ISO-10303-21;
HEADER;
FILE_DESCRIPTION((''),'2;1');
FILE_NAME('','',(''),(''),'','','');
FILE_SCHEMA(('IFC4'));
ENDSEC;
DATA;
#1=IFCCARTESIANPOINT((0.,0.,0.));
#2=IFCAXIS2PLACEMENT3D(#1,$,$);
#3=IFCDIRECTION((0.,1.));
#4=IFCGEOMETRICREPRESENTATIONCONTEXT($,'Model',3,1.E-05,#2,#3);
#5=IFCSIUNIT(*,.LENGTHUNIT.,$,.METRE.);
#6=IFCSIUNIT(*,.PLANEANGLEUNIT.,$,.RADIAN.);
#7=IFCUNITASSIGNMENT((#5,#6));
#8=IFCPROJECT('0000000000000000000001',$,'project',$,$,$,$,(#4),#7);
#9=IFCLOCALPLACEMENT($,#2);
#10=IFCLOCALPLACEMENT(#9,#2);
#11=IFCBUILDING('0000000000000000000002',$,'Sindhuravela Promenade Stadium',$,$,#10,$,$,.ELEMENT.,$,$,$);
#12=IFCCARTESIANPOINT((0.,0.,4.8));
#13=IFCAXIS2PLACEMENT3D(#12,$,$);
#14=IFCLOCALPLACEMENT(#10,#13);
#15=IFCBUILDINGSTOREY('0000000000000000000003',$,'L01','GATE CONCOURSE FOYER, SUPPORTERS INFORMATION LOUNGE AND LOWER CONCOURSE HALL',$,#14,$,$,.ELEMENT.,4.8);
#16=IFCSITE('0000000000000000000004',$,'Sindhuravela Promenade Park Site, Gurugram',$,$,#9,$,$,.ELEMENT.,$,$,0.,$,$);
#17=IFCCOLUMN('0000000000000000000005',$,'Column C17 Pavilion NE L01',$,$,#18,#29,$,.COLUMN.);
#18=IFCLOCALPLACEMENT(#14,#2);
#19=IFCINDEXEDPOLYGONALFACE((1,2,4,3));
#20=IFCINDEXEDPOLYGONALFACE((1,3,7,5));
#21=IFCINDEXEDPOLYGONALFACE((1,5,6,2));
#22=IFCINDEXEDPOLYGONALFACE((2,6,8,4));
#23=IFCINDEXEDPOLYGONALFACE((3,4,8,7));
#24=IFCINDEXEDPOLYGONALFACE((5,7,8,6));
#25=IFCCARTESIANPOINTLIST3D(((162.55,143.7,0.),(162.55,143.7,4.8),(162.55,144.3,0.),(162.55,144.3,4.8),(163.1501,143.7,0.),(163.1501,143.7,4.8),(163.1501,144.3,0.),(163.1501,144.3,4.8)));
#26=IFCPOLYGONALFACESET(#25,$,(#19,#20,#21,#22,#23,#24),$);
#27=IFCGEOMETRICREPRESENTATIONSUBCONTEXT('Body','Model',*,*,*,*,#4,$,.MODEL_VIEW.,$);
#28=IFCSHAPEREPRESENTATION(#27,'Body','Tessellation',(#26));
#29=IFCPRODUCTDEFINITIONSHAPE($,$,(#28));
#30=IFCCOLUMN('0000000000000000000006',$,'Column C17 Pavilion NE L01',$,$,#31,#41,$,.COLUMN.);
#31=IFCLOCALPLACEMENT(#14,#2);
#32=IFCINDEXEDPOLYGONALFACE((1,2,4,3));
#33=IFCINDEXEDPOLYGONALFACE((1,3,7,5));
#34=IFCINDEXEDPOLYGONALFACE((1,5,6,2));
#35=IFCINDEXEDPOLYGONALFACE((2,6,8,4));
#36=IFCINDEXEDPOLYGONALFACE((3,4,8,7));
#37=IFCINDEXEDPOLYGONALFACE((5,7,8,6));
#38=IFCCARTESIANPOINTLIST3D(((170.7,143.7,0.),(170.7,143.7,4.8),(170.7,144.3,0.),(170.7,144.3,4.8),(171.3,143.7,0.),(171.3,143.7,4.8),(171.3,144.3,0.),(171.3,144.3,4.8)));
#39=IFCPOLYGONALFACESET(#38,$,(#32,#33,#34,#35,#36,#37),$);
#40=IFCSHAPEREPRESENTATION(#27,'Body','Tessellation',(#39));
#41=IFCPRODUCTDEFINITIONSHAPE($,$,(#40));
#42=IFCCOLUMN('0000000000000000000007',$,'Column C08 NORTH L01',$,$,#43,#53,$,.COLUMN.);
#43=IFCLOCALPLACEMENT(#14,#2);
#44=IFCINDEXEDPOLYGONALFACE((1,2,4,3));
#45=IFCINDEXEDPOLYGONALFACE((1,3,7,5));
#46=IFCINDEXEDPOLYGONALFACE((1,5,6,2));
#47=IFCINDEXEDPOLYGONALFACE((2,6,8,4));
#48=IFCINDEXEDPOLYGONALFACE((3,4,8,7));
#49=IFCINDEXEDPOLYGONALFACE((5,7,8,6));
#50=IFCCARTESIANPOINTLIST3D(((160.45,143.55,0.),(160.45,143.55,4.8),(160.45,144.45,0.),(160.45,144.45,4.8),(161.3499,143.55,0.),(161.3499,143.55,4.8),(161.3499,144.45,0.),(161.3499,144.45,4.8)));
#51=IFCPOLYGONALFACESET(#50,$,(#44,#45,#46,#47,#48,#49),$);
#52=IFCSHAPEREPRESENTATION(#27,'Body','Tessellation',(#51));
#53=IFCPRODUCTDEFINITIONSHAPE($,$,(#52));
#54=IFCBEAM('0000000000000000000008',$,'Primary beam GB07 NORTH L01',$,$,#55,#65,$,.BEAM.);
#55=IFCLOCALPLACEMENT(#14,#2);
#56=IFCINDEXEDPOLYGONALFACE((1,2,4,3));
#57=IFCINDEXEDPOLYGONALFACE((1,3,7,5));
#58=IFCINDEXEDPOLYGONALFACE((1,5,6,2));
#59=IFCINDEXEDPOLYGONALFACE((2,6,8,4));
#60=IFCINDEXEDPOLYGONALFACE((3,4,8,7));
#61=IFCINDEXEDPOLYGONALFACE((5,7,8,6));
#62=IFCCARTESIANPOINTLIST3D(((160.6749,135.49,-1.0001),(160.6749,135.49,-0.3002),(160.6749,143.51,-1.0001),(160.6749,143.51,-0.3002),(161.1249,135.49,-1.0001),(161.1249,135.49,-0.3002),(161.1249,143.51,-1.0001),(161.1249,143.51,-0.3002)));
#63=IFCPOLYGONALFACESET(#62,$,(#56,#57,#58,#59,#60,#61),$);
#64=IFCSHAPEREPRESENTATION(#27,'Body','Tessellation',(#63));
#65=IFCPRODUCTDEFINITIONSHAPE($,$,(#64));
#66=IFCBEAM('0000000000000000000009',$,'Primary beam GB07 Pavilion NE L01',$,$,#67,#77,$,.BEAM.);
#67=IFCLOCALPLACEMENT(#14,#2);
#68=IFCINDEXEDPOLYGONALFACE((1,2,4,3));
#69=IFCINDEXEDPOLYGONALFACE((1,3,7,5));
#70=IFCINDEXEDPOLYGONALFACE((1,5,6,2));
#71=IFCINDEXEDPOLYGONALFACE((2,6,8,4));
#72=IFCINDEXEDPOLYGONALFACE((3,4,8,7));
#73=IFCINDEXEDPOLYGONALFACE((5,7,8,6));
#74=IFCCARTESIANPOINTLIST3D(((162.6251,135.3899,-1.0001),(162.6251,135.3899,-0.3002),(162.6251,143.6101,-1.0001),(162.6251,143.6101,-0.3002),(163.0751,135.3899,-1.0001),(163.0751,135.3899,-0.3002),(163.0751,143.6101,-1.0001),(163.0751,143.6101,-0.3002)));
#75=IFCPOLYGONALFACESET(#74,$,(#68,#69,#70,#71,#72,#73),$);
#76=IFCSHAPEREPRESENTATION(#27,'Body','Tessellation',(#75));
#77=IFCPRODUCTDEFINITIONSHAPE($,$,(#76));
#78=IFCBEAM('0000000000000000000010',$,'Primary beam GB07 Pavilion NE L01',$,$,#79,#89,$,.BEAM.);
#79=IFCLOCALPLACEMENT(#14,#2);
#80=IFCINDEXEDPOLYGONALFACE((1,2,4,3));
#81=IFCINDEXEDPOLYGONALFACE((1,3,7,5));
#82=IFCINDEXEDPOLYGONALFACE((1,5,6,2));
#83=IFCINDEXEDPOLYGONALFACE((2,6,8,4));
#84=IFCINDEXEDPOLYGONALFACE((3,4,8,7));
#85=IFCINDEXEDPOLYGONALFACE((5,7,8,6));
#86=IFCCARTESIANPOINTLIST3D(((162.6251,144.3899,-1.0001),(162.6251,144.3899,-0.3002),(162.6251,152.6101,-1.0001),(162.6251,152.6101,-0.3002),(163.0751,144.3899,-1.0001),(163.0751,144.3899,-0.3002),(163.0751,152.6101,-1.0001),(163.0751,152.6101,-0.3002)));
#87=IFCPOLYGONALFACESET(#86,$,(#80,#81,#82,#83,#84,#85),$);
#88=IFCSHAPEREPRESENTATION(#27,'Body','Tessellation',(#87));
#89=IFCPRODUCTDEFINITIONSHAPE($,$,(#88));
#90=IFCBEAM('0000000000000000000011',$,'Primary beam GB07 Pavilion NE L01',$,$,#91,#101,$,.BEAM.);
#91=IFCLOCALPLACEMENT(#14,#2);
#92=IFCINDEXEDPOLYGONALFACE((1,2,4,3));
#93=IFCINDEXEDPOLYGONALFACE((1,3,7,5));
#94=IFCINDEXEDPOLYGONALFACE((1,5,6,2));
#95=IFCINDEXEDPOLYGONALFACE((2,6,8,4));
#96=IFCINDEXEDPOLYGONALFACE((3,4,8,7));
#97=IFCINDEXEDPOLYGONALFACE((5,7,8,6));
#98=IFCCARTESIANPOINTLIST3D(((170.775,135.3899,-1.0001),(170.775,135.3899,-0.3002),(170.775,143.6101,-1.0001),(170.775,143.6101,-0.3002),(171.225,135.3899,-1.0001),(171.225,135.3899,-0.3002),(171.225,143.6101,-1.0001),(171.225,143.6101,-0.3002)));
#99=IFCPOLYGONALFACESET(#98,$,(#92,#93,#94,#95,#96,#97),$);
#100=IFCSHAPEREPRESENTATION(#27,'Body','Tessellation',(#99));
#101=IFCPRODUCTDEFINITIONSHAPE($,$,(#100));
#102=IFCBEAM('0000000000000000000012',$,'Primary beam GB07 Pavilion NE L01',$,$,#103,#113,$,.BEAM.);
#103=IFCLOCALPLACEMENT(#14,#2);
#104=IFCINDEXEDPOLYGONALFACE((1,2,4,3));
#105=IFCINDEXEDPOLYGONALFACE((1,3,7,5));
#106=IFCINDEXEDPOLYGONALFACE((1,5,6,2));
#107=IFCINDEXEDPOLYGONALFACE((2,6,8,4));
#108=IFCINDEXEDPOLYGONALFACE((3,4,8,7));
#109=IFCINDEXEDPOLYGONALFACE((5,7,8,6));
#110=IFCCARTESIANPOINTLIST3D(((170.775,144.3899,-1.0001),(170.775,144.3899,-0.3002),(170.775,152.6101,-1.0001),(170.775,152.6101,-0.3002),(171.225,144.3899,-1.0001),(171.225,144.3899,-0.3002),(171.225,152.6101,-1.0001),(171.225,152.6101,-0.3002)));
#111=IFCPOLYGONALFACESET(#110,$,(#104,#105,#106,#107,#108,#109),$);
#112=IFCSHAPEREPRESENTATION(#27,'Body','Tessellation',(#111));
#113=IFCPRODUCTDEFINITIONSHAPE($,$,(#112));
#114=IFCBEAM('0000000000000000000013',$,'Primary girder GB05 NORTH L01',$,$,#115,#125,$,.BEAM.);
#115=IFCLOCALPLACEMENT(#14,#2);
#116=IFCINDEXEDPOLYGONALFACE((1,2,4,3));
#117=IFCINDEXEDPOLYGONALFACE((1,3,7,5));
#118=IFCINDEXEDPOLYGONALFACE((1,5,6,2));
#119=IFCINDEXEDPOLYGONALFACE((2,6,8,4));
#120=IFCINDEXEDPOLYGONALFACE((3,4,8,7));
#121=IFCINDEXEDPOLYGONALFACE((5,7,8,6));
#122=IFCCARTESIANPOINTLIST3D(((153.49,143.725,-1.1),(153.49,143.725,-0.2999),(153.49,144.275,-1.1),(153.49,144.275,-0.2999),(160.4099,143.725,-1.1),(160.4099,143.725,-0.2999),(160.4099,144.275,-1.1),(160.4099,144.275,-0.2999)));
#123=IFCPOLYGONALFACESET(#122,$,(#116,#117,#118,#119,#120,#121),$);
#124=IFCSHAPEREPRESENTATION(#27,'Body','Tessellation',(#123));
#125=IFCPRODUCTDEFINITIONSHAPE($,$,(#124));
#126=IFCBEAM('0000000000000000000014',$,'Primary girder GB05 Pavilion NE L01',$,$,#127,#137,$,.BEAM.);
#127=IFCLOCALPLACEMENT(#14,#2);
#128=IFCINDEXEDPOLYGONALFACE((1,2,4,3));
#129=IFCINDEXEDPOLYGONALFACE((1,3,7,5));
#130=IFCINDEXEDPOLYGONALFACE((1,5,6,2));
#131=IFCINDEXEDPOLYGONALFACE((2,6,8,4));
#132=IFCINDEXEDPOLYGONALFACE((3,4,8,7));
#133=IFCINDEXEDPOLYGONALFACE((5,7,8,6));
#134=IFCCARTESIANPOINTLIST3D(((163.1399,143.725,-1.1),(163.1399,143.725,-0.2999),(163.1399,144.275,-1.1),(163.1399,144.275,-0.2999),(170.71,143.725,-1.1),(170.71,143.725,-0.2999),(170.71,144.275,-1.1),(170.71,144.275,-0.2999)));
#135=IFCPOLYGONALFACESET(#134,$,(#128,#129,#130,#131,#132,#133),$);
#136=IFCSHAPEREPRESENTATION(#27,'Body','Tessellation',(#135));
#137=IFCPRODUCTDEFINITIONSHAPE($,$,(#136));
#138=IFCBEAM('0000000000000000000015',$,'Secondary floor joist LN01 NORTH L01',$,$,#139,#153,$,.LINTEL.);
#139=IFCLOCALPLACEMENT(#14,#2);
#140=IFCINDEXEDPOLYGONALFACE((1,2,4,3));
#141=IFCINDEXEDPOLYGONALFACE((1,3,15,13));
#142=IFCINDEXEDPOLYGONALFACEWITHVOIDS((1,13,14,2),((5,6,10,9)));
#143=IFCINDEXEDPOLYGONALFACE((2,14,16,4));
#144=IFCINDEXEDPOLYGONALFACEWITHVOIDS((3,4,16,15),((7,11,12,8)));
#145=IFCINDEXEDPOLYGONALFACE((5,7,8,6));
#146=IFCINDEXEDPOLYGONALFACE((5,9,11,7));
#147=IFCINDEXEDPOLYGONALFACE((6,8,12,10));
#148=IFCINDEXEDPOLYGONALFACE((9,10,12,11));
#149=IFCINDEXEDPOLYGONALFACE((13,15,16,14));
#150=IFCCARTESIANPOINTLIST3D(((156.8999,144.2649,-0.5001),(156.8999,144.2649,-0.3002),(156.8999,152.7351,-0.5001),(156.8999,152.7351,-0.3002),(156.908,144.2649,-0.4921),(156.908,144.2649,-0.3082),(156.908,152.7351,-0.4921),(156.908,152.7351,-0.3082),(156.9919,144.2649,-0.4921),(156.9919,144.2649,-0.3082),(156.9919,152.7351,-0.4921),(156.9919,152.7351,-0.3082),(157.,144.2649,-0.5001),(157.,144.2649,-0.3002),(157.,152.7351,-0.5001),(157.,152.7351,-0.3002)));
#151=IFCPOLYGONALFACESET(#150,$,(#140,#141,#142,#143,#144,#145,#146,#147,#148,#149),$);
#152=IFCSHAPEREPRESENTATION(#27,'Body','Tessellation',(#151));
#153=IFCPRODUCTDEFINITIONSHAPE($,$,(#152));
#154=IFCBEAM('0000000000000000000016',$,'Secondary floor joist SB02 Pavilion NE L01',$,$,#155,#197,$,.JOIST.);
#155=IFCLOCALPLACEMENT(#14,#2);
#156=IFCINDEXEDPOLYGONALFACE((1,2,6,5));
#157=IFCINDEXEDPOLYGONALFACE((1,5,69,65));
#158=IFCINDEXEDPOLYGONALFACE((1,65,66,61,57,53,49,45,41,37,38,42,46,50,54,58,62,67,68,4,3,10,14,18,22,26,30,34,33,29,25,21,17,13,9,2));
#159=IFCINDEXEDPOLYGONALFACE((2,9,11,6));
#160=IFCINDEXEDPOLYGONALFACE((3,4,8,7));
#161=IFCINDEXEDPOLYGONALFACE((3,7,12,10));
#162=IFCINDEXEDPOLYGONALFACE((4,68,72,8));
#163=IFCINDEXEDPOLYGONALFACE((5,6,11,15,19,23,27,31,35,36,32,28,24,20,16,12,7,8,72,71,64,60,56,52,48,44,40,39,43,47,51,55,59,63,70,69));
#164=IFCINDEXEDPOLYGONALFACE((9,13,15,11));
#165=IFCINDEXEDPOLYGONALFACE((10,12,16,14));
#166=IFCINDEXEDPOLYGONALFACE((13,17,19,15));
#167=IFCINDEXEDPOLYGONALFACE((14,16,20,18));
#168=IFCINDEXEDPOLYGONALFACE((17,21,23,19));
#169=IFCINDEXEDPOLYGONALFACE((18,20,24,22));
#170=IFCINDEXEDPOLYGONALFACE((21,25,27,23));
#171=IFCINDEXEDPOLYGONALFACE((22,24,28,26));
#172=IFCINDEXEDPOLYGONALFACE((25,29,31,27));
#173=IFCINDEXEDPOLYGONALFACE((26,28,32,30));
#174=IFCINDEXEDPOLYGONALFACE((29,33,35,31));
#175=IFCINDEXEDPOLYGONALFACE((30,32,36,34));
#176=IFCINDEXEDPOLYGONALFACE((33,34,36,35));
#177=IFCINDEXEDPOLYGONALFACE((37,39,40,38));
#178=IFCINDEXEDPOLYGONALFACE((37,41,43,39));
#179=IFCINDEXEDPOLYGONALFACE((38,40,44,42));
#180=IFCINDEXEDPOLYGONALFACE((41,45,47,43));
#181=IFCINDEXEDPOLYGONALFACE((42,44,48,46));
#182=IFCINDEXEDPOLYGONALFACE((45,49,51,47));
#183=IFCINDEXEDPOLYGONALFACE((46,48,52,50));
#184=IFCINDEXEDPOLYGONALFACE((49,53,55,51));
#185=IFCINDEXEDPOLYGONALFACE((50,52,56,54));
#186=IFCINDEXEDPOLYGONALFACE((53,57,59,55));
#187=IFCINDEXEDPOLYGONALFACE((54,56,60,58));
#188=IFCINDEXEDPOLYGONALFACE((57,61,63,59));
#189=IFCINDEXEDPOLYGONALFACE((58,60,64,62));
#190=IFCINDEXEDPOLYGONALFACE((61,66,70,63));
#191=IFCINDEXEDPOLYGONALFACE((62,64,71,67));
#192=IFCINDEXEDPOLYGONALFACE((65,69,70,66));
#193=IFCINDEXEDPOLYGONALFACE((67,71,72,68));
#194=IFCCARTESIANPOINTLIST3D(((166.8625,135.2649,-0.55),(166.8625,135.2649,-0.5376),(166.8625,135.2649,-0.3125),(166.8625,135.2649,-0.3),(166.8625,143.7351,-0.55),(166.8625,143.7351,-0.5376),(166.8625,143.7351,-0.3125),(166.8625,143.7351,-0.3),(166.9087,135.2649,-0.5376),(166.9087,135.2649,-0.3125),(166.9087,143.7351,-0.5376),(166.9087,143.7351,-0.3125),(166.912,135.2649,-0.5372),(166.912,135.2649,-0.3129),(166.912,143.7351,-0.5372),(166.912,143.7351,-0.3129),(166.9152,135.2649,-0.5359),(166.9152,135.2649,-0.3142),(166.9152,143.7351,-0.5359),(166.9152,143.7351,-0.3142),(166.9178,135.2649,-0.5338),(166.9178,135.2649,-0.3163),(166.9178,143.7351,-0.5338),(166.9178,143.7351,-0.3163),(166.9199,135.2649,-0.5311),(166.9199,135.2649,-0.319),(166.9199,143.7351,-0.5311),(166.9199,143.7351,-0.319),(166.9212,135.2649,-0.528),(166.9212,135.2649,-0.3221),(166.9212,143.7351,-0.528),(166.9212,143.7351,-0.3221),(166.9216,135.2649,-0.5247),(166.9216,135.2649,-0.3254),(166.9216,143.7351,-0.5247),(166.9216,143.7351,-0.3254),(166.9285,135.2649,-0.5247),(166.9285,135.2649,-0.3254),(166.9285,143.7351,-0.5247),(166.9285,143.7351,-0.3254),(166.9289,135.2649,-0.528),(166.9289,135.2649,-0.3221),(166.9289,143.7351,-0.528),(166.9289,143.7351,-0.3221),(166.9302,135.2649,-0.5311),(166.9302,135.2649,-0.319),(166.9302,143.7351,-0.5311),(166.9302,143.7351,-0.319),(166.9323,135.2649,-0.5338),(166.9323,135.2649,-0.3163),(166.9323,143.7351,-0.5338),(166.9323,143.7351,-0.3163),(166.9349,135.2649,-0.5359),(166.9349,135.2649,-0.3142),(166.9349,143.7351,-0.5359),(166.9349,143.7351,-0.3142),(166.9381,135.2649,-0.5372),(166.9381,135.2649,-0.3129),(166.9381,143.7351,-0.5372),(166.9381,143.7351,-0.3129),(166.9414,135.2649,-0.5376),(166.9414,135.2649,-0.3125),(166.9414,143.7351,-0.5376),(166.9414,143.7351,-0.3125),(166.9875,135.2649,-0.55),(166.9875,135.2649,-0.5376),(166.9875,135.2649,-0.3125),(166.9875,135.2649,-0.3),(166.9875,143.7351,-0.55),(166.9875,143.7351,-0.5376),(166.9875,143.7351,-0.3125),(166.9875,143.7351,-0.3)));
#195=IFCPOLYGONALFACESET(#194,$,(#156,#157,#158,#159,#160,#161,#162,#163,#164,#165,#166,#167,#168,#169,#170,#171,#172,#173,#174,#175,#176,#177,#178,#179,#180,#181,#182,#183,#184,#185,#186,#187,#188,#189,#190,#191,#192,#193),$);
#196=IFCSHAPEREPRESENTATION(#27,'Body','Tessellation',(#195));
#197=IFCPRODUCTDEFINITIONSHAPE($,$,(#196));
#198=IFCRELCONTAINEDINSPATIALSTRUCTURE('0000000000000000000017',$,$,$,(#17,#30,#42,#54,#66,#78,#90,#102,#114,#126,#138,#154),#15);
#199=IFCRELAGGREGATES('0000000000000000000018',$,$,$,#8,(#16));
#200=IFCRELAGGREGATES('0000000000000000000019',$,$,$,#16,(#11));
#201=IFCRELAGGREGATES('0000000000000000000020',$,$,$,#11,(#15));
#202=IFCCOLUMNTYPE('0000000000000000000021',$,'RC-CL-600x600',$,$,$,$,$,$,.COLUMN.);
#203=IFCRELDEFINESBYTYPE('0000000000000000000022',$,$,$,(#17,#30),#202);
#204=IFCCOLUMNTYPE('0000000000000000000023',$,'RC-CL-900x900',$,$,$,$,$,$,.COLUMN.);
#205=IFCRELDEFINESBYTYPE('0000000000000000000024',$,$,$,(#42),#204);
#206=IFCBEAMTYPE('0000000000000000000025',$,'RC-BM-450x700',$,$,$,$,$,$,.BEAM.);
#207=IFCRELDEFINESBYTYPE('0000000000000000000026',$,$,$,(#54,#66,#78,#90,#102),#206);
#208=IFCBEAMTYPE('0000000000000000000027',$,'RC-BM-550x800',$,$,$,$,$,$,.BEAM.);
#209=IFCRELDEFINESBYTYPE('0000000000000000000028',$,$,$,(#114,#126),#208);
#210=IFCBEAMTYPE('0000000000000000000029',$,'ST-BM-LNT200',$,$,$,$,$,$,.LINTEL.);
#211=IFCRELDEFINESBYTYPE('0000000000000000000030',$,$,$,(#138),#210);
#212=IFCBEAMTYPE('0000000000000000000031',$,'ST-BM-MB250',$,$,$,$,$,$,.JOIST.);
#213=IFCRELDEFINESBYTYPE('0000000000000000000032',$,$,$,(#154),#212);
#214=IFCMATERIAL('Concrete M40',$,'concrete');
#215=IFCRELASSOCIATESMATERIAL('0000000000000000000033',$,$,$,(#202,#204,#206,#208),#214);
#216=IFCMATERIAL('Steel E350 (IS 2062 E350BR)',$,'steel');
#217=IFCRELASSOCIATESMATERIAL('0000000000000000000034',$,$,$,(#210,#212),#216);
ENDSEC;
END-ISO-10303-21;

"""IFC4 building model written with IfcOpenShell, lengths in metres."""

from ifc_helpers import new_model, si_unit, direction, frame, origin, origin_2d, place, context, subcontext, project, spatial, rectangle, hollow_rectangle, i_section, extrude, material, material_profile, profile_set, type_object, element, save


model = new_model("IFC4")

# Units and contexts
model_context = context("Model", 3, precision=1e-05, world=origin(), true_north=direction((0.0, 1.0)))
body_context = subcontext(model_context, "Body", "Model", "MODEL_VIEW")
ifc_project = project(units=[si_unit("LENGTHUNIT", "METRE"), si_unit("PLANEANGLEUNIT", "RADIAN")], contexts=[model_context])

# Site, building, storey
site_placement = place(None, origin())
site = spatial("IfcSite", under=ifc_project, at=site_placement, Name="Sindhuravela Promenade Park Site, Gurugram", CompositionType="ELEMENT", RefElevation=0.0)
building_placement = place(site_placement, origin())
building = spatial("IfcBuilding", under=site, at=building_placement, Name="Sindhuravela Promenade Stadium", CompositionType="ELEMENT")
storey_placement = place(building_placement, frame((0.0, 0.0, 4.8)))
storey = spatial("IfcBuildingStorey", under=building, at=storey_placement, Name="L01", Description="GATE CONCOURSE FOYER, SUPPORTERS INFORMATION LOUNGE AND LOWER CONCOURSE HALL", CompositionType="ELEMENT", Elevation=4.8)

# Columns
ifc_material_1 = material(Name="Concrete M40", Category="concrete")
ifc_material_profile_1 = material_profile(ifc_material_1, rectangle(XDim=0.6001, YDim=0.6001, at=origin_2d()), Name="RC 600x600")
ifc_profile_set_1 = profile_set([ifc_material_profile_1], Name="Concrete M40")
column_type_1 = type_object("IfcColumnType", Name="RC-CL-600x600", PredefinedType="COLUMN", material=ifc_profile_set_1)
for number, where, z_axis, x_axis, name in (
    (1, (162.8501, 144.0, 0.0), (0.0, 0.0, 1.0), (1.0, 0.0, 0.0), "Column C17 Pavilion NE L01"),
    (2, (171.0, 144.0, 0.0), (0.0, 0.0, 1.0), (1.0, 0.0, 0.0), "Column C17 Pavilion NE L01"),
):
    element("IfcColumn", number, at=place(storey_placement, frame(where, z_axis=z_axis, x_axis=x_axis)), inside=storey, type_object=column_type_1, Name=name, PredefinedType="COLUMN", context=body_context, shape_type="SweptSolid", body=[
        extrude(rectangle(XDim=0.6001, YDim=0.6001, at=origin_2d()), origin(), (0.0, 0.0, 1.0), 4.8),
    ])
ifc_material_profile_2 = material_profile(ifc_material_1, rectangle(XDim=0.8999, YDim=0.8999, at=origin_2d()), Name="RC 900x900")
ifc_profile_set_2 = profile_set([ifc_material_profile_2], Name="Concrete M40")
column_type_2 = type_object("IfcColumnType", Name="RC-CL-900x900", PredefinedType="COLUMN", material=ifc_profile_set_2)
column_placement = place(storey_placement, frame((160.8999, 144.0, 0.0), z_axis=(0.0, 0.0, 1.0), x_axis=(1.0, 0.0, 0.0)))
element("IfcColumn", 3, at=column_placement, inside=storey, type_object=column_type_2, Name="Column C08 NORTH L01", PredefinedType="COLUMN", context=body_context, shape_type="SweptSolid", body=[
    extrude(rectangle(XDim=0.8999, YDim=0.8999, at=origin_2d()), origin(), (0.0, 0.0, 1.0), 4.8),
])

# Beams
ifc_material_profile_3 = material_profile(ifc_material_1, rectangle(XDim=0.45, YDim=0.7, at=origin_2d()), Name="RC 450x700")
ifc_profile_set_3 = profile_set([ifc_material_profile_3], Name="Concrete M40")
beam_type_1 = type_object("IfcBeamType", Name="RC-BM-450x700", PredefinedType="BEAM", material=ifc_profile_set_3)
beam_1_placement = place(storey_placement, frame((160.8999, 135.49, -0.6501), z_axis=(0.0, 1.0, 0.0), x_axis=(-1.0, 0.0, 0.0)))
element("IfcBeam", 4, at=beam_1_placement, inside=storey, type_object=beam_type_1, Name="Primary beam GB07 NORTH L01", PredefinedType="BEAM", context=body_context, shape_type="SweptSolid", body=[
    extrude(rectangle(XDim=0.45, YDim=0.7, at=origin_2d()), origin(), (0.0, 0.0, 1.0), 8.02),
])
for number, where, z_axis, x_axis, name in (
    (5, (162.8501, 135.3899, -0.6501), (0.0, 1.0, 0.0), (-1.0, 0.0, 0.0), "Primary beam GB07 Pavilion NE L01"),
    (6, (162.8501, 144.3899, -0.6501), (0.0, 1.0, 0.0), (-1.0, 0.0, 0.0), "Primary beam GB07 Pavilion NE L01"),
    (7, (171.0, 135.3899, -0.6501), (0.0, 1.0, 0.0), (-1.0, 0.0, 0.0), "Primary beam GB07 Pavilion NE L01"),
    (8, (171.0, 144.3899, -0.6501), (0.0, 1.0, 0.0), (-1.0, 0.0, 0.0), "Primary beam GB07 Pavilion NE L01"),
):
    element("IfcBeam", number, at=place(storey_placement, frame(where, z_axis=z_axis, x_axis=x_axis)), inside=storey, type_object=beam_type_1, Name=name, PredefinedType="BEAM", context=body_context, shape_type="SweptSolid", body=[
        extrude(rectangle(XDim=0.45, YDim=0.7, at=origin_2d()), origin(), (0.0, 0.0, 1.0), 8.2202),
    ])
ifc_material_profile_4 = material_profile(ifc_material_1, rectangle(XDim=0.55, YDim=0.8, at=origin_2d()), Name="RC 550x800")
ifc_profile_set_4 = profile_set([ifc_material_profile_4], Name="Concrete M40")
beam_type_2 = type_object("IfcBeamType", Name="RC-BM-550x800", PredefinedType="BEAM", material=ifc_profile_set_4)
beam_2_placement = place(storey_placement, frame((153.49, 144.0, -0.7), z_axis=(1.0, 0.0, 0.0), x_axis=(0.0, 1.0, 0.0)))
element("IfcBeam", 9, at=beam_2_placement, inside=storey, type_object=beam_type_2, Name="Primary girder GB05 NORTH L01", PredefinedType="BEAM", context=body_context, shape_type="SweptSolid", body=[
    extrude(rectangle(XDim=0.55, YDim=0.8, at=origin_2d()), origin(), (0.0, 0.0, 1.0), 6.9199),
])
beam_3_placement = place(storey_placement, frame((163.1399, 144.0, -0.7), z_axis=(1.0, 0.0, 0.0), x_axis=(0.0, 1.0, 0.0)))
element("IfcBeam", 10, at=beam_3_placement, inside=storey, type_object=beam_type_2, Name="Primary girder GB05 Pavilion NE L01", PredefinedType="BEAM", context=body_context, shape_type="SweptSolid", body=[
    extrude(rectangle(XDim=0.55, YDim=0.8, at=origin_2d()), origin(), (0.0, 0.0, 1.0), 7.5701),
])
ifc_material_2 = material(Name="Steel E350 (IS 2062 E350BR)", Category="steel")
ifc_material_profile_5 = material_profile(ifc_material_2, hollow_rectangle(XDim=0.1001, YDim=0.2, WallThickness=0.0081, at=origin_2d()), Name="RHS 200x100x8")
ifc_profile_set_5 = profile_set([ifc_material_profile_5], Name="Steel E350 (IS 2062 E350BR)")
beam_type_3 = type_object("IfcBeamType", Name="ST-BM-LNT200", PredefinedType="LINTEL", material=ifc_profile_set_5)
beam_4_placement = place(storey_placement, frame((156.95, 144.2649, -0.4001), z_axis=(0.0, 1.0, 0.0), x_axis=(-1.0, 0.0, 0.0)))
element("IfcBeam", 11, at=beam_4_placement, inside=storey, type_object=beam_type_3, Name="Secondary floor joist LN01 NORTH L01", PredefinedType="LINTEL", context=body_context, shape_type="SweptSolid", body=[
    extrude(hollow_rectangle(XDim=0.1001, YDim=0.2, WallThickness=0.0081, at=origin_2d()), origin(), (0.0, 0.0, 1.0), 8.4702),
])
ifc_material_profile_6 = material_profile(ifc_material_2, i_section(OverallWidth=0.125, OverallDepth=0.25, WebThickness=0.0068, FlangeThickness=0.0125, FilletRadius=0.0129, at=origin_2d()), Name="ISMB 250")
ifc_profile_set_6 = profile_set([ifc_material_profile_6], Name="Steel E350 (IS 2062 E350BR)")
beam_type_4 = type_object("IfcBeamType", Name="ST-BM-MB250", PredefinedType="JOIST", material=ifc_profile_set_6)
beam_5_placement = place(storey_placement, frame((166.925, 135.2649, -0.425), z_axis=(0.0, 1.0, 0.0), x_axis=(-1.0, 0.0, 0.0)))
element("IfcBeam", 12, at=beam_5_placement, inside=storey, type_object=beam_type_4, Name="Secondary floor joist SB02 Pavilion NE L01", PredefinedType="JOIST", context=body_context, shape_type="SweptSolid", body=[
    extrude(i_section(OverallWidth=0.125, OverallDepth=0.25, WebThickness=0.0068, FlangeThickness=0.0125, FilletRadius=0.0129, at=origin_2d()), origin(), (0.0, 0.0, 1.0), 8.4702),
])

save(model, "model.ifc")
